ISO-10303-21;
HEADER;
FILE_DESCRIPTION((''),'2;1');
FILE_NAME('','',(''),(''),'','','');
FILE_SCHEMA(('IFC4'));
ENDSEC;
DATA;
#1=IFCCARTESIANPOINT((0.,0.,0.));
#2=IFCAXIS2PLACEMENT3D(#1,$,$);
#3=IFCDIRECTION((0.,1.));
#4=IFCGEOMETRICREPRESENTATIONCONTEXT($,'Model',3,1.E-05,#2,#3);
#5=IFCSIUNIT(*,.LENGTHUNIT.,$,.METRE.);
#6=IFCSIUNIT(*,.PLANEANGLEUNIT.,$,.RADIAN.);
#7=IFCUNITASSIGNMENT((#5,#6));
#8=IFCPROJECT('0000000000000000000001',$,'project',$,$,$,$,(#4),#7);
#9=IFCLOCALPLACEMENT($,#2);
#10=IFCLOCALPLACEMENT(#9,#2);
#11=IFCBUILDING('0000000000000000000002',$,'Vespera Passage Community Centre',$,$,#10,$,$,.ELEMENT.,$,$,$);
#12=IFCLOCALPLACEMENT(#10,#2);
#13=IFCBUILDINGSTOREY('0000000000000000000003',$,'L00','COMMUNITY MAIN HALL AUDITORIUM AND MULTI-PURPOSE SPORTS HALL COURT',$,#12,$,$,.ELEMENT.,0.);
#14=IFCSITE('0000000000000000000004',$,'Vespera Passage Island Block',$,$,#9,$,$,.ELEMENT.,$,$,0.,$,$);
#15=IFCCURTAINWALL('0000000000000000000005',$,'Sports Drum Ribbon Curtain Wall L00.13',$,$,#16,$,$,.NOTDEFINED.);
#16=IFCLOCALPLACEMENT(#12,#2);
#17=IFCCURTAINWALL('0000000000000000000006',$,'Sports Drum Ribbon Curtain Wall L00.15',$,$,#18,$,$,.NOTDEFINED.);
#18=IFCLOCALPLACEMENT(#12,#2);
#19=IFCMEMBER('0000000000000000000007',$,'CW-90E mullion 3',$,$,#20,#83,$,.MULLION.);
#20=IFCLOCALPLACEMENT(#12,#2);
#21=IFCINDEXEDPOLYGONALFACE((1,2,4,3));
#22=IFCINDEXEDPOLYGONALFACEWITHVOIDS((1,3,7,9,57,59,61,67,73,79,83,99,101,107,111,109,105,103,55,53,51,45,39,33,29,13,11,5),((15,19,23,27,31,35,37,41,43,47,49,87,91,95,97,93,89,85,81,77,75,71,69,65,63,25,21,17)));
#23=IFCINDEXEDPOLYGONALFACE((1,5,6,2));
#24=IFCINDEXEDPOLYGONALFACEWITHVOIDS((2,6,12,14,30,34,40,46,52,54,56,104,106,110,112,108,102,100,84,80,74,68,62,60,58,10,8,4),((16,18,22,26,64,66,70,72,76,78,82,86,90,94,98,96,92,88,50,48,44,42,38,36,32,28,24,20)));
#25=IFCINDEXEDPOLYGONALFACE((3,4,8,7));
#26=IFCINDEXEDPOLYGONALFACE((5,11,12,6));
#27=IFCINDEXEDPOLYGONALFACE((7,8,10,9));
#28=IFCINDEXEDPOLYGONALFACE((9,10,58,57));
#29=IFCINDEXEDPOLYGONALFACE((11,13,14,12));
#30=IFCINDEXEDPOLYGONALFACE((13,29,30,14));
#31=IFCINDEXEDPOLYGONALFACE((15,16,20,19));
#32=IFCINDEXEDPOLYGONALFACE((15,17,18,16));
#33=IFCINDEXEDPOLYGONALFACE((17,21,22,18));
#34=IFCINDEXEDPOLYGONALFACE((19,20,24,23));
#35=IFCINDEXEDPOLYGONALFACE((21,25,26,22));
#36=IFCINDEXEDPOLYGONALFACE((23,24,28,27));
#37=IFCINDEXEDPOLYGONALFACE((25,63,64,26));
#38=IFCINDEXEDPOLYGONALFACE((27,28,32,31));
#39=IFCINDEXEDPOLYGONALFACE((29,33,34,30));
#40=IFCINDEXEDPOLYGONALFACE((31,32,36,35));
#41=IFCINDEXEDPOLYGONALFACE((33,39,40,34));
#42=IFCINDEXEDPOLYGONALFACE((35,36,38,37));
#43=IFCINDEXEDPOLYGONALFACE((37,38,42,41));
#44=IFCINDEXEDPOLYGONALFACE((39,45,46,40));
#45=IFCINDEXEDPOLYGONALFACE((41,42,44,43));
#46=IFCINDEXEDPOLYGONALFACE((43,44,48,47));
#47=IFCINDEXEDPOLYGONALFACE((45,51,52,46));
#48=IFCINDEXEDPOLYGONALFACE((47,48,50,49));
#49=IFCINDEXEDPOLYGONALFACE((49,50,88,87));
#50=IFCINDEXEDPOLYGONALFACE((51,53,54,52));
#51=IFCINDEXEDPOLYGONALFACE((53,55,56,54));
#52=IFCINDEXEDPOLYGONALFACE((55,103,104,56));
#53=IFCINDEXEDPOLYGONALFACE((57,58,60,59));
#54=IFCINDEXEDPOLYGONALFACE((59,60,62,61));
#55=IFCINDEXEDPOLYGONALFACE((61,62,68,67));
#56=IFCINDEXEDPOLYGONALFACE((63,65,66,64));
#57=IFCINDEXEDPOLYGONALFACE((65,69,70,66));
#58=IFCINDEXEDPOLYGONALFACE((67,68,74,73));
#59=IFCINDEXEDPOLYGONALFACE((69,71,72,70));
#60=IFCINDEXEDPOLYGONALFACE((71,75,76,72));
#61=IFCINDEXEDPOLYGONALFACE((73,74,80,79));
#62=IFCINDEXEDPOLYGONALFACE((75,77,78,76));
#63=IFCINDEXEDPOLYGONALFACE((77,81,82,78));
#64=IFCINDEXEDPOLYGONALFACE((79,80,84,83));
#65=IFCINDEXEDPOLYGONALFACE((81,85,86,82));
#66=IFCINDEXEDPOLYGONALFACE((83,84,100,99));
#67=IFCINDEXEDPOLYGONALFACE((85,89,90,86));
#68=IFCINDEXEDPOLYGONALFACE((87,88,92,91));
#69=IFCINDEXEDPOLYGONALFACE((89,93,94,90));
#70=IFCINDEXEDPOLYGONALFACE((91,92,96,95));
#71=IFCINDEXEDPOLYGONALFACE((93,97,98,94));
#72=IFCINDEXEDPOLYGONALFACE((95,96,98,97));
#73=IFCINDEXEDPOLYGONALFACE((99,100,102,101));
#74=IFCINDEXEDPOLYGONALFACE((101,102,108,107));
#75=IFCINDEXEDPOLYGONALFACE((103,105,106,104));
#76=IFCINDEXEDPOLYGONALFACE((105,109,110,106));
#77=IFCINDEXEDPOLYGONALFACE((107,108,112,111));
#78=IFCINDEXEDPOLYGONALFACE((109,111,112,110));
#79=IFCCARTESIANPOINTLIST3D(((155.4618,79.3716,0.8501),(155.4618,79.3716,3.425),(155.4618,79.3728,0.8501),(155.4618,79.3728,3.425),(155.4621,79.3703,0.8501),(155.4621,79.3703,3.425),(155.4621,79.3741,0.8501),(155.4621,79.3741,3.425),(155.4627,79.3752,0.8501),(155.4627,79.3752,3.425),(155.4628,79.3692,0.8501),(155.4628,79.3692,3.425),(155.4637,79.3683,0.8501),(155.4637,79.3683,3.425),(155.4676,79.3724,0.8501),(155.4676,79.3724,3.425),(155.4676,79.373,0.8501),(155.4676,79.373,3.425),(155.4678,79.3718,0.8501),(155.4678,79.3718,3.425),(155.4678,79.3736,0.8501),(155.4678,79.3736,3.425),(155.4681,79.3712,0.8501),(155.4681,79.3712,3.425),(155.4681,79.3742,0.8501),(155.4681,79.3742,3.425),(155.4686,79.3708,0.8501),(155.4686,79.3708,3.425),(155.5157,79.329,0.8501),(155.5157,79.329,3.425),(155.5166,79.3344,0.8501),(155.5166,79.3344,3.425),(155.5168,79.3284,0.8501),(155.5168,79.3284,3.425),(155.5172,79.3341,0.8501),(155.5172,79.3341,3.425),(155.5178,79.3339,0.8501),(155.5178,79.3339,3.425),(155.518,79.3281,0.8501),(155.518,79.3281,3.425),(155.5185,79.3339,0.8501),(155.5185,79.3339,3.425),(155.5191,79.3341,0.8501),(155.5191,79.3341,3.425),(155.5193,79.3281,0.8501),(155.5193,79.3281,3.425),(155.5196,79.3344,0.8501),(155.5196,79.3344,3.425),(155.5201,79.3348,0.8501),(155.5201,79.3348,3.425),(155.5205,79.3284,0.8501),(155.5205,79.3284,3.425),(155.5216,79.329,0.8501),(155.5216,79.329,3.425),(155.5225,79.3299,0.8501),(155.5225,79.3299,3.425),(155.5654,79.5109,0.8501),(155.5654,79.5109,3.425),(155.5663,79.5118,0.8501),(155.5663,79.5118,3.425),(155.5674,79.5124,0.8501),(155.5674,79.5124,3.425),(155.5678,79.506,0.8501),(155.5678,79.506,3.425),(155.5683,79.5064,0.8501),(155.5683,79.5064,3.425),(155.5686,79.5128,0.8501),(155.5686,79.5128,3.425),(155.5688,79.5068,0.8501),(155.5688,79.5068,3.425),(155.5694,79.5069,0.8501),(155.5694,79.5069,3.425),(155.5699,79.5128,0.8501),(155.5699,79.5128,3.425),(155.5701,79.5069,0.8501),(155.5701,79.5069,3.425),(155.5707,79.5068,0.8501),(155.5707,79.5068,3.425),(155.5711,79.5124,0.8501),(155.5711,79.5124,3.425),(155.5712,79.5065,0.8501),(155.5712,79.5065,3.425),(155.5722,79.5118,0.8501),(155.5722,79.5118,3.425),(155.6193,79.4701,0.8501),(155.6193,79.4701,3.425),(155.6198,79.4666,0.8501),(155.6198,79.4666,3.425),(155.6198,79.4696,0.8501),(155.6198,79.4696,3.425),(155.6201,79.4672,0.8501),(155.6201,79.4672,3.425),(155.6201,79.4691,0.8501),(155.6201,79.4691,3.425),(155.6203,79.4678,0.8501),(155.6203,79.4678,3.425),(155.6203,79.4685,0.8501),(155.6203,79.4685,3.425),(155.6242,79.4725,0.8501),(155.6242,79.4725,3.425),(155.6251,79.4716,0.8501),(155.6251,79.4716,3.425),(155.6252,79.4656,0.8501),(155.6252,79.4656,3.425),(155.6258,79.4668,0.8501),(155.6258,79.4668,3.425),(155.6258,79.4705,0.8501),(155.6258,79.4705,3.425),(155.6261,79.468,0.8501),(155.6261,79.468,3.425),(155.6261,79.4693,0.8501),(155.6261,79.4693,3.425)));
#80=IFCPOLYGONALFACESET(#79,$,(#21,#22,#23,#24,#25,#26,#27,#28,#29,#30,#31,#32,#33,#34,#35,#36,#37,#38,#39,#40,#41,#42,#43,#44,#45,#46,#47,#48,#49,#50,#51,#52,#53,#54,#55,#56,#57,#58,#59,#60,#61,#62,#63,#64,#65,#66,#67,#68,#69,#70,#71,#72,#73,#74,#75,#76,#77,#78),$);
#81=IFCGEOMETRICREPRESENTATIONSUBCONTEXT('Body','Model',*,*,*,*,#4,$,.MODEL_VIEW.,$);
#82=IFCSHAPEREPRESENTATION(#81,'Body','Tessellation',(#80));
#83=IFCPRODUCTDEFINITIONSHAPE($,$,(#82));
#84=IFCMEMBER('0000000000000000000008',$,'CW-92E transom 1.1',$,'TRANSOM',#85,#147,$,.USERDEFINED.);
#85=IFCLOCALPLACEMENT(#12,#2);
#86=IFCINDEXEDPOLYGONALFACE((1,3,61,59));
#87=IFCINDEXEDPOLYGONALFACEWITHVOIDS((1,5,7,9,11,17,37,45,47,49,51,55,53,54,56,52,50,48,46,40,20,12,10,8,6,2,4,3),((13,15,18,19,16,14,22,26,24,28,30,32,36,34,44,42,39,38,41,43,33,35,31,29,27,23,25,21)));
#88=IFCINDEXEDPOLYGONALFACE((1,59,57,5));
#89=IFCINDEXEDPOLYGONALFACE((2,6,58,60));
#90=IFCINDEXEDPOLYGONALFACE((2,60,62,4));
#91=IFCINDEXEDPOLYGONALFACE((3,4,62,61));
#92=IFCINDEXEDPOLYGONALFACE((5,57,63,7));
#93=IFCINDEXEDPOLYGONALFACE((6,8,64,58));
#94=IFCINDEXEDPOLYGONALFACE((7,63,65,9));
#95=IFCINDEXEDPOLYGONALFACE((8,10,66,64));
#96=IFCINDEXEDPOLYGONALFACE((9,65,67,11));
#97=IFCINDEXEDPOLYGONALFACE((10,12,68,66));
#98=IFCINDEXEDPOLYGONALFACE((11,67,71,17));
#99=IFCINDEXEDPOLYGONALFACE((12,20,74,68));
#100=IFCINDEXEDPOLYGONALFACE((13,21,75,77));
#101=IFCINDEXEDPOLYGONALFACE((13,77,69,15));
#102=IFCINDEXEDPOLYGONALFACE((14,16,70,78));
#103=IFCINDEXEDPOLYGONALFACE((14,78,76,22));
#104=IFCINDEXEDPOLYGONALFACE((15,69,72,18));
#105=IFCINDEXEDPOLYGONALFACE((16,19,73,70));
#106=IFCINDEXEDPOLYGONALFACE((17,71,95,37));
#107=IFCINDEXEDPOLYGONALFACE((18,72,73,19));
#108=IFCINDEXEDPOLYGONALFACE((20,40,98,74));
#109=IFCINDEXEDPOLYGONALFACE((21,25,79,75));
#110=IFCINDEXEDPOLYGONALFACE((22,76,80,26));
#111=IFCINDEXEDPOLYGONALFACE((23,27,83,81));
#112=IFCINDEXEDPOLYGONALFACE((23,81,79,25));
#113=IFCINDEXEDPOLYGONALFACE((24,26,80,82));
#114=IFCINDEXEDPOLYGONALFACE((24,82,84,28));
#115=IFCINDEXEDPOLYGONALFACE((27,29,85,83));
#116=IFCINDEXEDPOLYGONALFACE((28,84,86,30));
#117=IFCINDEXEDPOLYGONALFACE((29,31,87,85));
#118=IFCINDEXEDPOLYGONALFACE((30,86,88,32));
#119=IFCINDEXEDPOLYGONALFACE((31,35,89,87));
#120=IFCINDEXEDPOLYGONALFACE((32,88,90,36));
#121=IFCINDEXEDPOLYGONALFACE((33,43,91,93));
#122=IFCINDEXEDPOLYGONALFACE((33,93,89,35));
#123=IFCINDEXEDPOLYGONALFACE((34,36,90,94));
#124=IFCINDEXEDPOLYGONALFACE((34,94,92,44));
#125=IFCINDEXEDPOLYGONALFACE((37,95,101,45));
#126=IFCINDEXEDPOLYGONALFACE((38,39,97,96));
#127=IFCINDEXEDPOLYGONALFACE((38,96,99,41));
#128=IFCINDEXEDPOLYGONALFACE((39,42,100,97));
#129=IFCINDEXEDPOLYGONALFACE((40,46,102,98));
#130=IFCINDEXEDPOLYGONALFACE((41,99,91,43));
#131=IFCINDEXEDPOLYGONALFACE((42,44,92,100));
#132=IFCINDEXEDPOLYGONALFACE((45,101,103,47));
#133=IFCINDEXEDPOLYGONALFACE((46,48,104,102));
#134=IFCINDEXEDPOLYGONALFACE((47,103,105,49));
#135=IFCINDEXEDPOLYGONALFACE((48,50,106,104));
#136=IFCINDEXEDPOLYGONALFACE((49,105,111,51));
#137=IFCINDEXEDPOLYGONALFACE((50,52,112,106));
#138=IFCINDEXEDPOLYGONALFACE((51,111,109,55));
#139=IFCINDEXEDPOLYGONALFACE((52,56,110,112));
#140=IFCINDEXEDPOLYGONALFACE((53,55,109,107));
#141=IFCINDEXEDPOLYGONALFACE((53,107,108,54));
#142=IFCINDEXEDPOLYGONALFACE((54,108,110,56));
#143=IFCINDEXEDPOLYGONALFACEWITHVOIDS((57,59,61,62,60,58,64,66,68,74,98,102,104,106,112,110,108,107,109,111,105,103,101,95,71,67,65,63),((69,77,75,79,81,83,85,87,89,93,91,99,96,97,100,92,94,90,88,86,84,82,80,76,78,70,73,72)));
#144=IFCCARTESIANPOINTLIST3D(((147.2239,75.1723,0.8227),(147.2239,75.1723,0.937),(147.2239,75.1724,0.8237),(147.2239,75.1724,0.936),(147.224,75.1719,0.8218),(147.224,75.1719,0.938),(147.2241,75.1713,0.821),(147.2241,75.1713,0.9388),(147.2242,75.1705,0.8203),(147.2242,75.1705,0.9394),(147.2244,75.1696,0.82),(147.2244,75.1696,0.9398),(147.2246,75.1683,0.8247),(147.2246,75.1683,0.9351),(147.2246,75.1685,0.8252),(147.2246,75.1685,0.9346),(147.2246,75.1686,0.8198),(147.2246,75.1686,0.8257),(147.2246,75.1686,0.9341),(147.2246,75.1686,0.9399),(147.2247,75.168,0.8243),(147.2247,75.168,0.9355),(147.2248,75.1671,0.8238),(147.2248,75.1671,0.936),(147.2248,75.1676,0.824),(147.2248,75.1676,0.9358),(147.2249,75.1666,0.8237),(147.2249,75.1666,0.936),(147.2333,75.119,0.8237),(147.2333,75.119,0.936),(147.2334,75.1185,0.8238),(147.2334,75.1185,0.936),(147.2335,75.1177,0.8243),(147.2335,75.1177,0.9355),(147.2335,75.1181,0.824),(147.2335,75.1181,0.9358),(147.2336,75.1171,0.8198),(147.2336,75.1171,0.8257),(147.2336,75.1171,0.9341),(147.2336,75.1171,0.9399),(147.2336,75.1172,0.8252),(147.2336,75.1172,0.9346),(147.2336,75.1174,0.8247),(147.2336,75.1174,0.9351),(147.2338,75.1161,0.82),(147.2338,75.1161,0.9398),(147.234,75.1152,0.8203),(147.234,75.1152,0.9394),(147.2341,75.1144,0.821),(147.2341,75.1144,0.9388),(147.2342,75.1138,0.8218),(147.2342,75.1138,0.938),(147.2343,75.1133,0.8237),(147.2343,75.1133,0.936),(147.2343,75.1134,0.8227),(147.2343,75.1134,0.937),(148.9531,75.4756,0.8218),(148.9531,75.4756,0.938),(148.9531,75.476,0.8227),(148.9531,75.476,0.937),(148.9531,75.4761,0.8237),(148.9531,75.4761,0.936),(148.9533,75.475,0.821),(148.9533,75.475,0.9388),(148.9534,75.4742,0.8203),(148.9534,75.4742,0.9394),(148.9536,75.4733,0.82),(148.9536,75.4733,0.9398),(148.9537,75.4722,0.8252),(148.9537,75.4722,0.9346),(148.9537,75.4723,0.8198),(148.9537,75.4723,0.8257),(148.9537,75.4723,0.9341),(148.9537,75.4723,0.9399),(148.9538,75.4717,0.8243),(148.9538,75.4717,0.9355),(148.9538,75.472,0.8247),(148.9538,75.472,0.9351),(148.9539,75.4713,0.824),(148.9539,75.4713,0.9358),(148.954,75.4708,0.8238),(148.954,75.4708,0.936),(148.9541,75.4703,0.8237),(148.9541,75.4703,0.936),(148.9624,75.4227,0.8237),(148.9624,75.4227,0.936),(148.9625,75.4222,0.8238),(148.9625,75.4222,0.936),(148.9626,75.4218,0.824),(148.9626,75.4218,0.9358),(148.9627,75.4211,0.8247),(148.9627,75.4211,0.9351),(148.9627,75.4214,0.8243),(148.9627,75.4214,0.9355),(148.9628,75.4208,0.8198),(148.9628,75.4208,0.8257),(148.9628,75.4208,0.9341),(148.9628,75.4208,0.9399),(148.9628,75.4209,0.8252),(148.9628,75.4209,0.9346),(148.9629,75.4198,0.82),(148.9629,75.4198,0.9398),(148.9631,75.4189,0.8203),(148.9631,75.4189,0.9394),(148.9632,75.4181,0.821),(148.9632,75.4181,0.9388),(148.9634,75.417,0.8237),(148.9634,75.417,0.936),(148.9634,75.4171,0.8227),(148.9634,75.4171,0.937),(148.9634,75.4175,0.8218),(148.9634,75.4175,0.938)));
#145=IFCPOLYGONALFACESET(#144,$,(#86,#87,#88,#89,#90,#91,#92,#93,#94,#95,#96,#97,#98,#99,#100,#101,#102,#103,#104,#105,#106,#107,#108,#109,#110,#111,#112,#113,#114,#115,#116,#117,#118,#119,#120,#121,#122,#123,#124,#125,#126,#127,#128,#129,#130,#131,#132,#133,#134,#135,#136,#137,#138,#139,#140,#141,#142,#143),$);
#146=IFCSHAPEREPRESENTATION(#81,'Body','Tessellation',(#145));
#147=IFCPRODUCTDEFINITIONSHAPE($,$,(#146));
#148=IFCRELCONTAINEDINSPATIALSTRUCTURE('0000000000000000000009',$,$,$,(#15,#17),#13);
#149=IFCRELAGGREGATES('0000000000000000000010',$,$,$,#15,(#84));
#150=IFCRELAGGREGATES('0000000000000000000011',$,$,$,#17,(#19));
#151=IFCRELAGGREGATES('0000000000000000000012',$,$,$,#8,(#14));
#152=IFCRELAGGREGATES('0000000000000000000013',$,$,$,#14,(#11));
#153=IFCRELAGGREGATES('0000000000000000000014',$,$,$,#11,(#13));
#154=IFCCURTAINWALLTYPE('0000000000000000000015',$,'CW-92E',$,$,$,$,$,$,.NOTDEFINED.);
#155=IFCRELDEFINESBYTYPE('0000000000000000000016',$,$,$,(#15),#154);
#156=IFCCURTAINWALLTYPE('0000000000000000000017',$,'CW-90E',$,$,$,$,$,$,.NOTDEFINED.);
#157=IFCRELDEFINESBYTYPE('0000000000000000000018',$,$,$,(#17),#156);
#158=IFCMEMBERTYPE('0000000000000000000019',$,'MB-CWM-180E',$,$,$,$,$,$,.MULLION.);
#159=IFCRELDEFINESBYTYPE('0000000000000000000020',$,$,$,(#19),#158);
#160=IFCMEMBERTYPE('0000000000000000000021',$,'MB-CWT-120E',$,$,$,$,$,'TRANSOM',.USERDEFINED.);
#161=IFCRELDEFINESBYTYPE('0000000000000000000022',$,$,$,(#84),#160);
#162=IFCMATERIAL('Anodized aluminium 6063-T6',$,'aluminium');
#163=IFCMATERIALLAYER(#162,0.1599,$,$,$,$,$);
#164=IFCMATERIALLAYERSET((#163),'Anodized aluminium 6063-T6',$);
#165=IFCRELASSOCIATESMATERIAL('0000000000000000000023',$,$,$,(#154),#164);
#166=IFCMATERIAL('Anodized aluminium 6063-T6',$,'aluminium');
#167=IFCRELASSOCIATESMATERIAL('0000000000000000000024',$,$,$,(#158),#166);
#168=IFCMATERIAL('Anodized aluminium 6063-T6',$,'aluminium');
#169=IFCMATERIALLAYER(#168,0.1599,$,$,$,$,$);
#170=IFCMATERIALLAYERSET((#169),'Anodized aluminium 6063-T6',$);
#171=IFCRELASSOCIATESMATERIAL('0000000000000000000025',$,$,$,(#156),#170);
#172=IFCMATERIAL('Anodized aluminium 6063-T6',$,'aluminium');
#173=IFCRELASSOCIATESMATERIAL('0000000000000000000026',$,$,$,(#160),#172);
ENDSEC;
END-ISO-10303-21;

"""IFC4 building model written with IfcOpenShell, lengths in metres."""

from ifc_helpers import new_model, si_unit, direction, frame, origin, origin_2d, place, context, subcontext, project, spatial, hollow_rectangle, extrude, material, layer, layer_set, material_profile, profile_set, type_object, element, aggregate, save


model = new_model("IFC4")

# Units and contexts
model_context = context("Model", 3, precision=1e-05, world=origin(), true_north=direction((0.0, 1.0)))
body_context = subcontext(model_context, "Body", "Model", "MODEL_VIEW")
ifc_project = project(units=[si_unit("LENGTHUNIT", "METRE"), si_unit("PLANEANGLEUNIT", "RADIAN")], contexts=[model_context])

# Site, building, storey
site_placement = place(None, origin())
site = spatial("IfcSite", under=ifc_project, at=site_placement, Name="Vespera Passage Island Block", CompositionType="ELEMENT", RefElevation=0.0)
building_placement = place(site_placement, origin())
building = spatial("IfcBuilding", under=site, at=building_placement, Name="Vespera Passage Community Centre", CompositionType="ELEMENT")
storey_placement = place(building_placement, origin())
storey = spatial("IfcBuildingStorey", under=building, at=storey_placement, Name="L00", Description="COMMUNITY MAIN HALL AUDITORIUM AND MULTI-PURPOSE SPORTS HALL COURT", CompositionType="ELEMENT", Elevation=0.0)

# Curtain wall
ifc_material_1 = material(Name="Anodized aluminium 6063-T6", Category="aluminium")
ifc_layer_1 = layer(ifc_material_1, 0.1599)
ifc_layer_set_1 = layer_set([ifc_layer_1], Name="Anodized aluminium 6063-T6")
curtain_wall_type_1 = type_object("IfcCurtainWallType", Name="CW-92E", PredefinedType="NOTDEFINED", material=ifc_layer_set_1)
curtain_wall_1_placement = place(storey_placement, origin())
curtain_wall_1 = element("IfcCurtainWall", 1, at=curtain_wall_1_placement, inside=storey, type_object=curtain_wall_type_1, Name="Sports Drum Ribbon Curtain Wall L00.13", PredefinedType="NOTDEFINED")
ifc_material_2 = material(Name="Anodized aluminium 6063-T6", Category="aluminium")
ifc_material_profile_1 = material_profile(ifc_material_2, hollow_rectangle(XDim=0.075, YDim=0.1799, WallThickness=0.0049, InnerFilletRadius=0.0024, OuterFilletRadius=0.0049, at=origin_2d()), Name="ALU180X75X5")
ifc_profile_set_1 = profile_set([ifc_material_profile_1], Name="Anodized aluminium 6063-T6")
member_type_1 = type_object("IfcMemberType", Name="MB-CWM-180E", PredefinedType="MULLION", material=ifc_profile_set_1)

# Curtain wall, member
ifc_material_3 = material(Name="Anodized aluminium 6063-T6", Category="aluminium")
ifc_layer_2 = layer(ifc_material_3, 0.1599)
ifc_layer_set_2 = layer_set([ifc_layer_2], Name="Anodized aluminium 6063-T6")
curtain_wall_type_2 = type_object("IfcCurtainWallType", Name="CW-90E", PredefinedType="NOTDEFINED", material=ifc_layer_set_2)
curtain_wall_2_placement = place(storey_placement, origin())
curtain_wall_2 = element("IfcCurtainWall", 2, at=curtain_wall_2_placement, inside=storey, type_object=curtain_wall_type_2, Name="Sports Drum Ribbon Curtain Wall L00.15", PredefinedType="NOTDEFINED")
member_1_placement = place(storey_placement, frame((155.5439, 79.4204, 0.8501), z_axis=(0.0, 0.0, 1.0), x_axis=(0.797434, -0.603406, 0.0)))
member_1 = element("IfcMember", 3, at=member_1_placement, type_object=member_type_1, Name="CW-90E mullion 3", PredefinedType="MULLION", context=body_context, shape_type="SweptSolid", body=[
    extrude(hollow_rectangle(XDim=0.075, YDim=0.1799, WallThickness=0.0049, InnerFilletRadius=0.0024, OuterFilletRadius=0.0049, at=origin_2d()), origin(), (0.0, 0.0, 1.0), 2.575),
])

# Member
ifc_material_4 = material(Name="Anodized aluminium 6063-T6", Category="aluminium")
ifc_material_profile_2 = material_profile(ifc_material_4, hollow_rectangle(XDim=0.0601, YDim=0.1201, WallThickness=0.0039, InnerFilletRadius=0.002, OuterFilletRadius=0.0039, at=origin_2d()), Name="ALU120X60X4")
ifc_profile_set_2 = profile_set([ifc_material_profile_2], Name="Anodized aluminium 6063-T6")
member_type_2 = type_object("IfcMemberType", Name="MB-CWT-120E", ElementType="TRANSOM", PredefinedType="USERDEFINED", material=ifc_profile_set_2)
member_2_placement = place(storey_placement, frame((148.9583, 75.4465, 0.8799), z_axis=(-0.984925, -0.172984, 0.0), x_axis=(0.172984, -0.984925, 0.0)))
member_2 = element("IfcMember", 4, at=member_2_placement, type_object=member_type_2, Name="CW-92E transom 1.1", ObjectType="TRANSOM", PredefinedType="USERDEFINED", context=body_context, shape_type="SweptSolid", body=[
    extrude(hollow_rectangle(XDim=0.0601, YDim=0.1201, WallThickness=0.0039, InnerFilletRadius=0.002, OuterFilletRadius=0.0039, at=origin_2d()), origin(), (0.0, 0.0, 1.0), 1.7556),
])

aggregate(curtain_wall_1, [member_2])
aggregate(curtain_wall_2, [member_1])

save(model, "model.ifc")
